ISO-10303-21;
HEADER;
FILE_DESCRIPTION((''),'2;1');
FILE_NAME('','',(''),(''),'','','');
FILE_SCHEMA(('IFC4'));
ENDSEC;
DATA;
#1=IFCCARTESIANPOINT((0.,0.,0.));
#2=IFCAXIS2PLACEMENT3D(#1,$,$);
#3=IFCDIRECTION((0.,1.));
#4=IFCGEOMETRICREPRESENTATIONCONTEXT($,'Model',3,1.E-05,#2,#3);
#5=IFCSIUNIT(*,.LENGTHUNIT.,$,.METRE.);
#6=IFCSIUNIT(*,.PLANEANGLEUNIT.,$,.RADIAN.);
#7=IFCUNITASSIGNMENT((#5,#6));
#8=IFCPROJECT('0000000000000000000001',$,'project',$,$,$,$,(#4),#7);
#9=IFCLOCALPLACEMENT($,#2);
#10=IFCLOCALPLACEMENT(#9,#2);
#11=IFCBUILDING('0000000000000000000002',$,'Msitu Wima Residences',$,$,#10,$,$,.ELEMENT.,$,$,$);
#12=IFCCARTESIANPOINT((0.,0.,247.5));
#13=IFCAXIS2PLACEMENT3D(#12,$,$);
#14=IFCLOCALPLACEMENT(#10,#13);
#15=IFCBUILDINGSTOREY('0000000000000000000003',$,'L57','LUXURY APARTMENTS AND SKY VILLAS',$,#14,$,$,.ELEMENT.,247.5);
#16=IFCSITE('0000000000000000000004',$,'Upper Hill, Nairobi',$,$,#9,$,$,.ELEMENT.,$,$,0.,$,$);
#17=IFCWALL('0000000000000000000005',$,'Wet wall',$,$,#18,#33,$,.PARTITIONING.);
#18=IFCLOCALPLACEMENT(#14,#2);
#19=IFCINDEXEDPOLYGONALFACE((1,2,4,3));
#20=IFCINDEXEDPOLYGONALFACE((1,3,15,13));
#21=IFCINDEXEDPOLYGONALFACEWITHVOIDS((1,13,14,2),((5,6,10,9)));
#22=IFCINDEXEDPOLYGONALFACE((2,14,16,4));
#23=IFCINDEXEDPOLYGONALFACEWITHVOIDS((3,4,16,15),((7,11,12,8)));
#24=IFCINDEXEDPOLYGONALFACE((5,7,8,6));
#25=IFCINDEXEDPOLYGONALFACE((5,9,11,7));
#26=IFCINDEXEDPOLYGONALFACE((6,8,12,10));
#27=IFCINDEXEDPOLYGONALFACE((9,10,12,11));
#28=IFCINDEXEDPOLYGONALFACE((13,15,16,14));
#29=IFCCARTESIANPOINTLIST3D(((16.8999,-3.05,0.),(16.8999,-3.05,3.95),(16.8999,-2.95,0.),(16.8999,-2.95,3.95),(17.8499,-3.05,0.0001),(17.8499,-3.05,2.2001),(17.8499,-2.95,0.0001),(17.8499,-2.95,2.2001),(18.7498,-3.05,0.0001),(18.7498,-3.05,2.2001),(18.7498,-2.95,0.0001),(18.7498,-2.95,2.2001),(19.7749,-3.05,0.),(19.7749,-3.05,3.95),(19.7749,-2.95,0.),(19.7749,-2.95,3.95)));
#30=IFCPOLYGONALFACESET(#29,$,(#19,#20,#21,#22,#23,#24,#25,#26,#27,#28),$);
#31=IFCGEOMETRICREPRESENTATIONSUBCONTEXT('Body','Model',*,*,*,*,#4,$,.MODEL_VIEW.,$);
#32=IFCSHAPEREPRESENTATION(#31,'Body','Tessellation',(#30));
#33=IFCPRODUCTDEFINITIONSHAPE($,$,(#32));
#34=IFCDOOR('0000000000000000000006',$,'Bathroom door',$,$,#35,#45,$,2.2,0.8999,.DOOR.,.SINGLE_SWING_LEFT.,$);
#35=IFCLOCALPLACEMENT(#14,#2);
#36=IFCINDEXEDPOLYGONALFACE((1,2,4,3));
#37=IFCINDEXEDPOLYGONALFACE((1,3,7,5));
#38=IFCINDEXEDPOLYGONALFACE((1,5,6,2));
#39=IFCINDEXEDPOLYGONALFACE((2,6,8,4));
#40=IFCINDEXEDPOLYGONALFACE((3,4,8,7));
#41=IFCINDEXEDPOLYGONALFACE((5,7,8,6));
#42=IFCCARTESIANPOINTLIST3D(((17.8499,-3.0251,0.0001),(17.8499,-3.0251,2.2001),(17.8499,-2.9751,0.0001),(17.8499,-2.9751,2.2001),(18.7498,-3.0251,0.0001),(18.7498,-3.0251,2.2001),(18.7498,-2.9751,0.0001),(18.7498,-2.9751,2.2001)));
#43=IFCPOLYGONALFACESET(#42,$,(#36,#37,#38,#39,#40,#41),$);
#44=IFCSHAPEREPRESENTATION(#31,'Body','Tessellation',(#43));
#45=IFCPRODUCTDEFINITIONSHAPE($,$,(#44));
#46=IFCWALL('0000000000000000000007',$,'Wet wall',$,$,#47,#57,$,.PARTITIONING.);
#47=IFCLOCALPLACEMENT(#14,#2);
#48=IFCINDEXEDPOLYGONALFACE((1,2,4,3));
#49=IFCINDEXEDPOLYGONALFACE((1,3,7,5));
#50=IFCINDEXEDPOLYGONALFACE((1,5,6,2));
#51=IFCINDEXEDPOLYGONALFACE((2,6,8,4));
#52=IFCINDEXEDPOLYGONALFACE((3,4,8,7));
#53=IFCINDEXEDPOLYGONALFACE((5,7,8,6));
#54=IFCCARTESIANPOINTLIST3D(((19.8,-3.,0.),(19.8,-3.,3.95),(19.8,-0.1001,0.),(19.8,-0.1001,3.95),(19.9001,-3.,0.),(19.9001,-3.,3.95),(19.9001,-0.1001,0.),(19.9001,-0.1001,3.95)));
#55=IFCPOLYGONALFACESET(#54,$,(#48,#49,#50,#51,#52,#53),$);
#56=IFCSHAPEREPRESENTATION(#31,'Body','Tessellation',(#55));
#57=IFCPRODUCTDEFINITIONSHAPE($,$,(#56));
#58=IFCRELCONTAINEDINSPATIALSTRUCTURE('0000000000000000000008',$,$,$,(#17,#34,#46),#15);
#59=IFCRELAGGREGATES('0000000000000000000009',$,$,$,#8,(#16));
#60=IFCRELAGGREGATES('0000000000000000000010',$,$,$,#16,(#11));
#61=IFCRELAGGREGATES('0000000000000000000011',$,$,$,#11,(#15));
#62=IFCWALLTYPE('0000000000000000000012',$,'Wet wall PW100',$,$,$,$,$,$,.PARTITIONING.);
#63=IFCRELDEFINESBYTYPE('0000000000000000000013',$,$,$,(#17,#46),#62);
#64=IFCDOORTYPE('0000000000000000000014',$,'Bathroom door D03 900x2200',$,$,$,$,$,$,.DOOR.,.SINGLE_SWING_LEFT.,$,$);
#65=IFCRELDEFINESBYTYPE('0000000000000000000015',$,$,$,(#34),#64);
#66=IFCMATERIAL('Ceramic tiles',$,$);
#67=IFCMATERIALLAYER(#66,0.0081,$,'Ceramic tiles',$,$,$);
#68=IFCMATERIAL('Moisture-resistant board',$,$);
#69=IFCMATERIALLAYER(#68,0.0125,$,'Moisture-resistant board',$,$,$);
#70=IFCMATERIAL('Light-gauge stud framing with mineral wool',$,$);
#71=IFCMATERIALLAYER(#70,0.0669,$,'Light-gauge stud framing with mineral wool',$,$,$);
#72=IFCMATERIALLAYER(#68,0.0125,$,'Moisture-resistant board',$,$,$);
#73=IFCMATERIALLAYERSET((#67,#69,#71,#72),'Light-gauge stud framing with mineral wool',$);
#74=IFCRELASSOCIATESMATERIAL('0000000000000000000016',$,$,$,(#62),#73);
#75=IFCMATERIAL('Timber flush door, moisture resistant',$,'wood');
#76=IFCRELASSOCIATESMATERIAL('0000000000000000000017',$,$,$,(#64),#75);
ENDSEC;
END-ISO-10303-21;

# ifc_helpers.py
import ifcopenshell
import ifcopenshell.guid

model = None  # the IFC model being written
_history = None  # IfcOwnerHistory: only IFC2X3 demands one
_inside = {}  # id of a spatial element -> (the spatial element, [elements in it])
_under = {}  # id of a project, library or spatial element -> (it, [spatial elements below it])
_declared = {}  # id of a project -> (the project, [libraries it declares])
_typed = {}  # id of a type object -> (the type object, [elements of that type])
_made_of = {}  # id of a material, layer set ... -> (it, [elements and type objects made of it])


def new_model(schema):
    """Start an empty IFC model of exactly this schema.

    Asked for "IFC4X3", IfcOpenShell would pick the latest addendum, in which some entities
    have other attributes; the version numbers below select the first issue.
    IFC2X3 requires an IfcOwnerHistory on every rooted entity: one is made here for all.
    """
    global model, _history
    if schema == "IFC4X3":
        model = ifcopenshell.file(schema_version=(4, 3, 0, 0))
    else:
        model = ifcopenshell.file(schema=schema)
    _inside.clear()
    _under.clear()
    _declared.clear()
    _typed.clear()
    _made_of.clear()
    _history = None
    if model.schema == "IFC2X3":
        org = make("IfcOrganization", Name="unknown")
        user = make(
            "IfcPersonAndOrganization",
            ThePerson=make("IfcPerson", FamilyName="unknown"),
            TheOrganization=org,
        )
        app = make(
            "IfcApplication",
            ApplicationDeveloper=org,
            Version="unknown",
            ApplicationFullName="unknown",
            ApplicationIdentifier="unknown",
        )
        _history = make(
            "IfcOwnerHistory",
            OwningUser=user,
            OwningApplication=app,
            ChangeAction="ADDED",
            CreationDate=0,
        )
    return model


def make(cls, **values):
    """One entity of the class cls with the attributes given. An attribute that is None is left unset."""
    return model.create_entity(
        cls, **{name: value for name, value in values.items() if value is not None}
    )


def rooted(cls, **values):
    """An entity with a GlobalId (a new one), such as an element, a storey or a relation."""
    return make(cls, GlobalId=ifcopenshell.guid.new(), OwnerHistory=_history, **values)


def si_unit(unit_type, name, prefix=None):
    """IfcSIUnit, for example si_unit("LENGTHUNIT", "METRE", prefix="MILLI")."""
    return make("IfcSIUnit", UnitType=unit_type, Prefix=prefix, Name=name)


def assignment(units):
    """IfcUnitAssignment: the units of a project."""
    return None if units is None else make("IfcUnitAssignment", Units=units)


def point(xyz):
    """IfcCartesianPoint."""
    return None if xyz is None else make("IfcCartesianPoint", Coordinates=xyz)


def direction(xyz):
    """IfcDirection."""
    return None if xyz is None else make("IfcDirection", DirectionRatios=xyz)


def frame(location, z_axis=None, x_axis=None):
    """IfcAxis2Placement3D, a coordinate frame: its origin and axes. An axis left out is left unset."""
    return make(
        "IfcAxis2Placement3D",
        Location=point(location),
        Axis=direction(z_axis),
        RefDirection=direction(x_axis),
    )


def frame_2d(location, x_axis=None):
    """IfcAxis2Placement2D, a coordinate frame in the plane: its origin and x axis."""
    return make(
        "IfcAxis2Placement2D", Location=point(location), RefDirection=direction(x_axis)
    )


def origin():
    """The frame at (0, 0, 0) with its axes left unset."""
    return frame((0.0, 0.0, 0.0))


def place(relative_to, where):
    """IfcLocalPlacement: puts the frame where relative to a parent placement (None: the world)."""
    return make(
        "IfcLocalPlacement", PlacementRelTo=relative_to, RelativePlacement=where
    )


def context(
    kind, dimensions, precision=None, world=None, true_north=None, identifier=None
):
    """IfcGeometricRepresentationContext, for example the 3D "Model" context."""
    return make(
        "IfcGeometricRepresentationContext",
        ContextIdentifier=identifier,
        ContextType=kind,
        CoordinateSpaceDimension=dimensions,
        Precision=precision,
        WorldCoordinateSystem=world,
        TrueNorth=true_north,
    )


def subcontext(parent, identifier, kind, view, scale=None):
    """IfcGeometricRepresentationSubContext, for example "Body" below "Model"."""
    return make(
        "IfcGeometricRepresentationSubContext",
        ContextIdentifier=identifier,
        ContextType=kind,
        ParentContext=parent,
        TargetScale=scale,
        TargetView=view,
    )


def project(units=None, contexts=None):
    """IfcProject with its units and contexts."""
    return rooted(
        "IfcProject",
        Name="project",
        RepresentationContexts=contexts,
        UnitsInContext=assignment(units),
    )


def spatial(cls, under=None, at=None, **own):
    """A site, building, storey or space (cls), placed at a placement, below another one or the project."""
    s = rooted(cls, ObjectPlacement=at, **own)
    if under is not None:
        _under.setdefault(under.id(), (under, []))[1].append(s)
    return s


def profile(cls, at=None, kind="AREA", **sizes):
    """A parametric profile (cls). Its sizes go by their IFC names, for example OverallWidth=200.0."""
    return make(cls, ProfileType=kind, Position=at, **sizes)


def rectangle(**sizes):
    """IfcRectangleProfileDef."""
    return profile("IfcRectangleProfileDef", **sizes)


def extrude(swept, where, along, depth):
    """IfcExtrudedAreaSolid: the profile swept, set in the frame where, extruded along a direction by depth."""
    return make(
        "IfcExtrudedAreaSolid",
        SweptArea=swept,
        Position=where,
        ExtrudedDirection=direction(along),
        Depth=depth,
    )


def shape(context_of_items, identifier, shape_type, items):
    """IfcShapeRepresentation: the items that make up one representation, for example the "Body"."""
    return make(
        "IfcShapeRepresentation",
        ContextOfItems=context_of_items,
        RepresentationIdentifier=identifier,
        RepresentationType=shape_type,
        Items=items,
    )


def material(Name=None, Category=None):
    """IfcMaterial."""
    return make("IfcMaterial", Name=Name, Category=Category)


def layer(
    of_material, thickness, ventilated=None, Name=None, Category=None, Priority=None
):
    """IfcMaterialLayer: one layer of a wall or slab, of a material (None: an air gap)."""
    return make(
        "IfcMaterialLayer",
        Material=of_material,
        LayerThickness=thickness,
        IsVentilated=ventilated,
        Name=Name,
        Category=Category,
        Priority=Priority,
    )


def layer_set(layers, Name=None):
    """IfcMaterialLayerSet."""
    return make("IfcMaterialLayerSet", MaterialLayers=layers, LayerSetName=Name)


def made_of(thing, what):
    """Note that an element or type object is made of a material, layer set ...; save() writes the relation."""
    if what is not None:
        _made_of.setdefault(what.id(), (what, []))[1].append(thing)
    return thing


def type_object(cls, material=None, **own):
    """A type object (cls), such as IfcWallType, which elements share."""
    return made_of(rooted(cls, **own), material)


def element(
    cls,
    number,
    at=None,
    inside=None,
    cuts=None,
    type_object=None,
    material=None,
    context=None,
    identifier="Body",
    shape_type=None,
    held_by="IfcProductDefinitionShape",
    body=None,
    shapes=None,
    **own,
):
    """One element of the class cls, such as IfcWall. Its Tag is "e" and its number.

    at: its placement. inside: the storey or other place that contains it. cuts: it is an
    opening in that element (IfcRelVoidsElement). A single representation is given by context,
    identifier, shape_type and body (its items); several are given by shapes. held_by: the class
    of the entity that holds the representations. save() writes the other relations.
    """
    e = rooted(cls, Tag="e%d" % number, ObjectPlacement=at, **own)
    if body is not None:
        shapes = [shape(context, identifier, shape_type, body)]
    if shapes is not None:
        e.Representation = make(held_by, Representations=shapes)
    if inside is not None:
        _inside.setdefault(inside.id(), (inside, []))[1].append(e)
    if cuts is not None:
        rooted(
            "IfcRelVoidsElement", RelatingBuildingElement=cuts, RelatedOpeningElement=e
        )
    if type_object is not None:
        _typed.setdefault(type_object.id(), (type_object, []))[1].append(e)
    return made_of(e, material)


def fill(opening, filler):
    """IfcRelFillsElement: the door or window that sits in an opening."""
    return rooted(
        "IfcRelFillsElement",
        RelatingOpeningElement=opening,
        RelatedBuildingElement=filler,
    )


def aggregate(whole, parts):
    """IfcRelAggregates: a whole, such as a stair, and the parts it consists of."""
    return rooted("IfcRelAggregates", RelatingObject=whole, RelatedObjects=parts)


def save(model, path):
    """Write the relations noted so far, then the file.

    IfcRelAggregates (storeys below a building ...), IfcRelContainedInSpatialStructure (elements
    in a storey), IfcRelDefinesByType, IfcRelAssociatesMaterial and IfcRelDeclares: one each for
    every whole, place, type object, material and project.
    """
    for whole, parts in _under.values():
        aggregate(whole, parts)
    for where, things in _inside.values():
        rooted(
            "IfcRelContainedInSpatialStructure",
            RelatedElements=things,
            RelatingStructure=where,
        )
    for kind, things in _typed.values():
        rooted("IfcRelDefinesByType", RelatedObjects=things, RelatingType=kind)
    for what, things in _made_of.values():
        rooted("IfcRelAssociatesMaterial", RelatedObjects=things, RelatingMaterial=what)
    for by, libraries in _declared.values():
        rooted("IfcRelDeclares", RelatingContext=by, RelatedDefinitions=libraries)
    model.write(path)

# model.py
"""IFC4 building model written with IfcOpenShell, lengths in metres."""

from ifc_helpers import new_model, si_unit, direction, frame, frame_2d, origin, place, context, subcontext, project, spatial, rectangle, extrude, material, layer, layer_set, type_object, element, fill, save


model = new_model("IFC4")

# Units and contexts
model_context = context("Model", 3, precision=1e-05, world=origin(), true_north=direction((0.0, 1.0)))
body_context = subcontext(model_context, "Body", "Model", "MODEL_VIEW")
ifc_project = project(units=[si_unit("LENGTHUNIT", "METRE"), si_unit("PLANEANGLEUNIT", "RADIAN")], contexts=[model_context])

# Site, building, storey
site_placement = place(None, origin())
site = spatial("IfcSite", under=ifc_project, at=site_placement, Name="Upper Hill, Nairobi", CompositionType="ELEMENT", RefElevation=0.0)
building_placement = place(site_placement, origin())
building = spatial("IfcBuilding", under=site, at=building_placement, Name="Msitu Wima Residences", CompositionType="ELEMENT")
storey_placement = place(building_placement, frame((0.0, 0.0, 247.5)))
storey = spatial("IfcBuildingStorey", under=building, at=storey_placement, Name="L57", Description="LUXURY APARTMENTS AND SKY VILLAS", CompositionType="ELEMENT", Elevation=247.5)

# Wall, opening, door
ifc_material_1 = material(Name="Ceramic tiles")
ifc_layer_1 = layer(ifc_material_1, 0.0081, Name="Ceramic tiles")
ifc_material_2 = material(Name="Moisture-resistant board")
ifc_layer_2 = layer(ifc_material_2, 0.0125, Name="Moisture-resistant board")
ifc_material_3 = material(Name="Light-gauge stud framing with mineral wool")
ifc_layer_3 = layer(ifc_material_3, 0.0669, Name="Light-gauge stud framing with mineral wool")
ifc_layer_4 = layer(ifc_material_2, 0.0125, Name="Moisture-resistant board")
ifc_layer_set_1 = layer_set([ifc_layer_1, ifc_layer_2, ifc_layer_3, ifc_layer_4], Name="Light-gauge stud framing with mineral wool")
wall_type_1 = type_object("IfcWallType", Name="Wet wall PW100", PredefinedType="PARTITIONING", material=ifc_layer_set_1)
wall_1_placement = place(storey_placement, frame((16.8999, -3.0, 0.0), z_axis=(0.0, 0.0, 1.0), x_axis=(1.0, 0.0, 0.0)))
wall_1 = element("IfcWall", 1, at=wall_1_placement, inside=storey, type_object=wall_type_1, Name="Wet wall", PredefinedType="PARTITIONING", context=body_context, shape_type="SweptSolid", body=[
    extrude(rectangle(XDim=2.875, YDim=0.1001, at=frame_2d((1.4375, 0.0))), origin(), (0.0, 0.0, 1.0), 3.95),
])
opening_1_placement = place(wall_1_placement, frame((0.95, 0.0, 0.0)))
opening_1 = element("IfcOpeningElement", 2, at=opening_1_placement, cuts=wall_1, PredefinedType="OPENING", context=body_context, shape_type="SweptSolid", body=[
    extrude(rectangle(XDim=0.8999, YDim=2.2, at=frame_2d((0.45, 1.1001))), frame((0.0, 0.0601, 0.0), z_axis=(0.0, -1.0, 0.0), x_axis=(1.0, 0.0, 0.0)), (0.0, 0.0, 1.0), 0.1201),
])
ifc_material_4 = material(Name="Timber flush door, moisture resistant", Category="wood")
door_type_1 = type_object("IfcDoorType", Name="Bathroom door D03 900x2200", OperationType="SINGLE_SWING_LEFT", PredefinedType="DOOR", material=ifc_material_4)
door_1_placement = place(opening_1_placement, origin())
door_1 = element("IfcDoor", 3, at=door_1_placement, inside=storey, type_object=door_type_1, Name="Bathroom door", OperationType="SINGLE_SWING_LEFT", OverallHeight=2.2, OverallWidth=0.8999, PredefinedType="DOOR", context=body_context, shape_type="SweptSolid", body=[
    extrude(rectangle(XDim=0.8999, YDim=2.2, at=frame_2d((0.45, 1.1001))), frame((0.0, 0.0249, 0.0), z_axis=(0.0, -1.0, 0.0), x_axis=(1.0, 0.0, 0.0)), (0.0, 0.0, 1.0), 0.05),
])
fill(opening_1, door_1)

# Wall
wall_2_placement = place(storey_placement, frame((19.8501, -3.0, 0.0), z_axis=(0.0, 0.0, 1.0), x_axis=(0.0, 1.0, 0.0)))
element("IfcWall", 4, at=wall_2_placement, inside=storey, type_object=wall_type_1, Name="Wet wall", PredefinedType="PARTITIONING", context=body_context, shape_type="SweptSolid", body=[
    extrude(rectangle(XDim=2.8999, YDim=0.1001, at=frame_2d((1.45, 0.0))), origin(), (0.0, 0.0, 1.0), 3.95),
])

save(model, "model.ifc")
